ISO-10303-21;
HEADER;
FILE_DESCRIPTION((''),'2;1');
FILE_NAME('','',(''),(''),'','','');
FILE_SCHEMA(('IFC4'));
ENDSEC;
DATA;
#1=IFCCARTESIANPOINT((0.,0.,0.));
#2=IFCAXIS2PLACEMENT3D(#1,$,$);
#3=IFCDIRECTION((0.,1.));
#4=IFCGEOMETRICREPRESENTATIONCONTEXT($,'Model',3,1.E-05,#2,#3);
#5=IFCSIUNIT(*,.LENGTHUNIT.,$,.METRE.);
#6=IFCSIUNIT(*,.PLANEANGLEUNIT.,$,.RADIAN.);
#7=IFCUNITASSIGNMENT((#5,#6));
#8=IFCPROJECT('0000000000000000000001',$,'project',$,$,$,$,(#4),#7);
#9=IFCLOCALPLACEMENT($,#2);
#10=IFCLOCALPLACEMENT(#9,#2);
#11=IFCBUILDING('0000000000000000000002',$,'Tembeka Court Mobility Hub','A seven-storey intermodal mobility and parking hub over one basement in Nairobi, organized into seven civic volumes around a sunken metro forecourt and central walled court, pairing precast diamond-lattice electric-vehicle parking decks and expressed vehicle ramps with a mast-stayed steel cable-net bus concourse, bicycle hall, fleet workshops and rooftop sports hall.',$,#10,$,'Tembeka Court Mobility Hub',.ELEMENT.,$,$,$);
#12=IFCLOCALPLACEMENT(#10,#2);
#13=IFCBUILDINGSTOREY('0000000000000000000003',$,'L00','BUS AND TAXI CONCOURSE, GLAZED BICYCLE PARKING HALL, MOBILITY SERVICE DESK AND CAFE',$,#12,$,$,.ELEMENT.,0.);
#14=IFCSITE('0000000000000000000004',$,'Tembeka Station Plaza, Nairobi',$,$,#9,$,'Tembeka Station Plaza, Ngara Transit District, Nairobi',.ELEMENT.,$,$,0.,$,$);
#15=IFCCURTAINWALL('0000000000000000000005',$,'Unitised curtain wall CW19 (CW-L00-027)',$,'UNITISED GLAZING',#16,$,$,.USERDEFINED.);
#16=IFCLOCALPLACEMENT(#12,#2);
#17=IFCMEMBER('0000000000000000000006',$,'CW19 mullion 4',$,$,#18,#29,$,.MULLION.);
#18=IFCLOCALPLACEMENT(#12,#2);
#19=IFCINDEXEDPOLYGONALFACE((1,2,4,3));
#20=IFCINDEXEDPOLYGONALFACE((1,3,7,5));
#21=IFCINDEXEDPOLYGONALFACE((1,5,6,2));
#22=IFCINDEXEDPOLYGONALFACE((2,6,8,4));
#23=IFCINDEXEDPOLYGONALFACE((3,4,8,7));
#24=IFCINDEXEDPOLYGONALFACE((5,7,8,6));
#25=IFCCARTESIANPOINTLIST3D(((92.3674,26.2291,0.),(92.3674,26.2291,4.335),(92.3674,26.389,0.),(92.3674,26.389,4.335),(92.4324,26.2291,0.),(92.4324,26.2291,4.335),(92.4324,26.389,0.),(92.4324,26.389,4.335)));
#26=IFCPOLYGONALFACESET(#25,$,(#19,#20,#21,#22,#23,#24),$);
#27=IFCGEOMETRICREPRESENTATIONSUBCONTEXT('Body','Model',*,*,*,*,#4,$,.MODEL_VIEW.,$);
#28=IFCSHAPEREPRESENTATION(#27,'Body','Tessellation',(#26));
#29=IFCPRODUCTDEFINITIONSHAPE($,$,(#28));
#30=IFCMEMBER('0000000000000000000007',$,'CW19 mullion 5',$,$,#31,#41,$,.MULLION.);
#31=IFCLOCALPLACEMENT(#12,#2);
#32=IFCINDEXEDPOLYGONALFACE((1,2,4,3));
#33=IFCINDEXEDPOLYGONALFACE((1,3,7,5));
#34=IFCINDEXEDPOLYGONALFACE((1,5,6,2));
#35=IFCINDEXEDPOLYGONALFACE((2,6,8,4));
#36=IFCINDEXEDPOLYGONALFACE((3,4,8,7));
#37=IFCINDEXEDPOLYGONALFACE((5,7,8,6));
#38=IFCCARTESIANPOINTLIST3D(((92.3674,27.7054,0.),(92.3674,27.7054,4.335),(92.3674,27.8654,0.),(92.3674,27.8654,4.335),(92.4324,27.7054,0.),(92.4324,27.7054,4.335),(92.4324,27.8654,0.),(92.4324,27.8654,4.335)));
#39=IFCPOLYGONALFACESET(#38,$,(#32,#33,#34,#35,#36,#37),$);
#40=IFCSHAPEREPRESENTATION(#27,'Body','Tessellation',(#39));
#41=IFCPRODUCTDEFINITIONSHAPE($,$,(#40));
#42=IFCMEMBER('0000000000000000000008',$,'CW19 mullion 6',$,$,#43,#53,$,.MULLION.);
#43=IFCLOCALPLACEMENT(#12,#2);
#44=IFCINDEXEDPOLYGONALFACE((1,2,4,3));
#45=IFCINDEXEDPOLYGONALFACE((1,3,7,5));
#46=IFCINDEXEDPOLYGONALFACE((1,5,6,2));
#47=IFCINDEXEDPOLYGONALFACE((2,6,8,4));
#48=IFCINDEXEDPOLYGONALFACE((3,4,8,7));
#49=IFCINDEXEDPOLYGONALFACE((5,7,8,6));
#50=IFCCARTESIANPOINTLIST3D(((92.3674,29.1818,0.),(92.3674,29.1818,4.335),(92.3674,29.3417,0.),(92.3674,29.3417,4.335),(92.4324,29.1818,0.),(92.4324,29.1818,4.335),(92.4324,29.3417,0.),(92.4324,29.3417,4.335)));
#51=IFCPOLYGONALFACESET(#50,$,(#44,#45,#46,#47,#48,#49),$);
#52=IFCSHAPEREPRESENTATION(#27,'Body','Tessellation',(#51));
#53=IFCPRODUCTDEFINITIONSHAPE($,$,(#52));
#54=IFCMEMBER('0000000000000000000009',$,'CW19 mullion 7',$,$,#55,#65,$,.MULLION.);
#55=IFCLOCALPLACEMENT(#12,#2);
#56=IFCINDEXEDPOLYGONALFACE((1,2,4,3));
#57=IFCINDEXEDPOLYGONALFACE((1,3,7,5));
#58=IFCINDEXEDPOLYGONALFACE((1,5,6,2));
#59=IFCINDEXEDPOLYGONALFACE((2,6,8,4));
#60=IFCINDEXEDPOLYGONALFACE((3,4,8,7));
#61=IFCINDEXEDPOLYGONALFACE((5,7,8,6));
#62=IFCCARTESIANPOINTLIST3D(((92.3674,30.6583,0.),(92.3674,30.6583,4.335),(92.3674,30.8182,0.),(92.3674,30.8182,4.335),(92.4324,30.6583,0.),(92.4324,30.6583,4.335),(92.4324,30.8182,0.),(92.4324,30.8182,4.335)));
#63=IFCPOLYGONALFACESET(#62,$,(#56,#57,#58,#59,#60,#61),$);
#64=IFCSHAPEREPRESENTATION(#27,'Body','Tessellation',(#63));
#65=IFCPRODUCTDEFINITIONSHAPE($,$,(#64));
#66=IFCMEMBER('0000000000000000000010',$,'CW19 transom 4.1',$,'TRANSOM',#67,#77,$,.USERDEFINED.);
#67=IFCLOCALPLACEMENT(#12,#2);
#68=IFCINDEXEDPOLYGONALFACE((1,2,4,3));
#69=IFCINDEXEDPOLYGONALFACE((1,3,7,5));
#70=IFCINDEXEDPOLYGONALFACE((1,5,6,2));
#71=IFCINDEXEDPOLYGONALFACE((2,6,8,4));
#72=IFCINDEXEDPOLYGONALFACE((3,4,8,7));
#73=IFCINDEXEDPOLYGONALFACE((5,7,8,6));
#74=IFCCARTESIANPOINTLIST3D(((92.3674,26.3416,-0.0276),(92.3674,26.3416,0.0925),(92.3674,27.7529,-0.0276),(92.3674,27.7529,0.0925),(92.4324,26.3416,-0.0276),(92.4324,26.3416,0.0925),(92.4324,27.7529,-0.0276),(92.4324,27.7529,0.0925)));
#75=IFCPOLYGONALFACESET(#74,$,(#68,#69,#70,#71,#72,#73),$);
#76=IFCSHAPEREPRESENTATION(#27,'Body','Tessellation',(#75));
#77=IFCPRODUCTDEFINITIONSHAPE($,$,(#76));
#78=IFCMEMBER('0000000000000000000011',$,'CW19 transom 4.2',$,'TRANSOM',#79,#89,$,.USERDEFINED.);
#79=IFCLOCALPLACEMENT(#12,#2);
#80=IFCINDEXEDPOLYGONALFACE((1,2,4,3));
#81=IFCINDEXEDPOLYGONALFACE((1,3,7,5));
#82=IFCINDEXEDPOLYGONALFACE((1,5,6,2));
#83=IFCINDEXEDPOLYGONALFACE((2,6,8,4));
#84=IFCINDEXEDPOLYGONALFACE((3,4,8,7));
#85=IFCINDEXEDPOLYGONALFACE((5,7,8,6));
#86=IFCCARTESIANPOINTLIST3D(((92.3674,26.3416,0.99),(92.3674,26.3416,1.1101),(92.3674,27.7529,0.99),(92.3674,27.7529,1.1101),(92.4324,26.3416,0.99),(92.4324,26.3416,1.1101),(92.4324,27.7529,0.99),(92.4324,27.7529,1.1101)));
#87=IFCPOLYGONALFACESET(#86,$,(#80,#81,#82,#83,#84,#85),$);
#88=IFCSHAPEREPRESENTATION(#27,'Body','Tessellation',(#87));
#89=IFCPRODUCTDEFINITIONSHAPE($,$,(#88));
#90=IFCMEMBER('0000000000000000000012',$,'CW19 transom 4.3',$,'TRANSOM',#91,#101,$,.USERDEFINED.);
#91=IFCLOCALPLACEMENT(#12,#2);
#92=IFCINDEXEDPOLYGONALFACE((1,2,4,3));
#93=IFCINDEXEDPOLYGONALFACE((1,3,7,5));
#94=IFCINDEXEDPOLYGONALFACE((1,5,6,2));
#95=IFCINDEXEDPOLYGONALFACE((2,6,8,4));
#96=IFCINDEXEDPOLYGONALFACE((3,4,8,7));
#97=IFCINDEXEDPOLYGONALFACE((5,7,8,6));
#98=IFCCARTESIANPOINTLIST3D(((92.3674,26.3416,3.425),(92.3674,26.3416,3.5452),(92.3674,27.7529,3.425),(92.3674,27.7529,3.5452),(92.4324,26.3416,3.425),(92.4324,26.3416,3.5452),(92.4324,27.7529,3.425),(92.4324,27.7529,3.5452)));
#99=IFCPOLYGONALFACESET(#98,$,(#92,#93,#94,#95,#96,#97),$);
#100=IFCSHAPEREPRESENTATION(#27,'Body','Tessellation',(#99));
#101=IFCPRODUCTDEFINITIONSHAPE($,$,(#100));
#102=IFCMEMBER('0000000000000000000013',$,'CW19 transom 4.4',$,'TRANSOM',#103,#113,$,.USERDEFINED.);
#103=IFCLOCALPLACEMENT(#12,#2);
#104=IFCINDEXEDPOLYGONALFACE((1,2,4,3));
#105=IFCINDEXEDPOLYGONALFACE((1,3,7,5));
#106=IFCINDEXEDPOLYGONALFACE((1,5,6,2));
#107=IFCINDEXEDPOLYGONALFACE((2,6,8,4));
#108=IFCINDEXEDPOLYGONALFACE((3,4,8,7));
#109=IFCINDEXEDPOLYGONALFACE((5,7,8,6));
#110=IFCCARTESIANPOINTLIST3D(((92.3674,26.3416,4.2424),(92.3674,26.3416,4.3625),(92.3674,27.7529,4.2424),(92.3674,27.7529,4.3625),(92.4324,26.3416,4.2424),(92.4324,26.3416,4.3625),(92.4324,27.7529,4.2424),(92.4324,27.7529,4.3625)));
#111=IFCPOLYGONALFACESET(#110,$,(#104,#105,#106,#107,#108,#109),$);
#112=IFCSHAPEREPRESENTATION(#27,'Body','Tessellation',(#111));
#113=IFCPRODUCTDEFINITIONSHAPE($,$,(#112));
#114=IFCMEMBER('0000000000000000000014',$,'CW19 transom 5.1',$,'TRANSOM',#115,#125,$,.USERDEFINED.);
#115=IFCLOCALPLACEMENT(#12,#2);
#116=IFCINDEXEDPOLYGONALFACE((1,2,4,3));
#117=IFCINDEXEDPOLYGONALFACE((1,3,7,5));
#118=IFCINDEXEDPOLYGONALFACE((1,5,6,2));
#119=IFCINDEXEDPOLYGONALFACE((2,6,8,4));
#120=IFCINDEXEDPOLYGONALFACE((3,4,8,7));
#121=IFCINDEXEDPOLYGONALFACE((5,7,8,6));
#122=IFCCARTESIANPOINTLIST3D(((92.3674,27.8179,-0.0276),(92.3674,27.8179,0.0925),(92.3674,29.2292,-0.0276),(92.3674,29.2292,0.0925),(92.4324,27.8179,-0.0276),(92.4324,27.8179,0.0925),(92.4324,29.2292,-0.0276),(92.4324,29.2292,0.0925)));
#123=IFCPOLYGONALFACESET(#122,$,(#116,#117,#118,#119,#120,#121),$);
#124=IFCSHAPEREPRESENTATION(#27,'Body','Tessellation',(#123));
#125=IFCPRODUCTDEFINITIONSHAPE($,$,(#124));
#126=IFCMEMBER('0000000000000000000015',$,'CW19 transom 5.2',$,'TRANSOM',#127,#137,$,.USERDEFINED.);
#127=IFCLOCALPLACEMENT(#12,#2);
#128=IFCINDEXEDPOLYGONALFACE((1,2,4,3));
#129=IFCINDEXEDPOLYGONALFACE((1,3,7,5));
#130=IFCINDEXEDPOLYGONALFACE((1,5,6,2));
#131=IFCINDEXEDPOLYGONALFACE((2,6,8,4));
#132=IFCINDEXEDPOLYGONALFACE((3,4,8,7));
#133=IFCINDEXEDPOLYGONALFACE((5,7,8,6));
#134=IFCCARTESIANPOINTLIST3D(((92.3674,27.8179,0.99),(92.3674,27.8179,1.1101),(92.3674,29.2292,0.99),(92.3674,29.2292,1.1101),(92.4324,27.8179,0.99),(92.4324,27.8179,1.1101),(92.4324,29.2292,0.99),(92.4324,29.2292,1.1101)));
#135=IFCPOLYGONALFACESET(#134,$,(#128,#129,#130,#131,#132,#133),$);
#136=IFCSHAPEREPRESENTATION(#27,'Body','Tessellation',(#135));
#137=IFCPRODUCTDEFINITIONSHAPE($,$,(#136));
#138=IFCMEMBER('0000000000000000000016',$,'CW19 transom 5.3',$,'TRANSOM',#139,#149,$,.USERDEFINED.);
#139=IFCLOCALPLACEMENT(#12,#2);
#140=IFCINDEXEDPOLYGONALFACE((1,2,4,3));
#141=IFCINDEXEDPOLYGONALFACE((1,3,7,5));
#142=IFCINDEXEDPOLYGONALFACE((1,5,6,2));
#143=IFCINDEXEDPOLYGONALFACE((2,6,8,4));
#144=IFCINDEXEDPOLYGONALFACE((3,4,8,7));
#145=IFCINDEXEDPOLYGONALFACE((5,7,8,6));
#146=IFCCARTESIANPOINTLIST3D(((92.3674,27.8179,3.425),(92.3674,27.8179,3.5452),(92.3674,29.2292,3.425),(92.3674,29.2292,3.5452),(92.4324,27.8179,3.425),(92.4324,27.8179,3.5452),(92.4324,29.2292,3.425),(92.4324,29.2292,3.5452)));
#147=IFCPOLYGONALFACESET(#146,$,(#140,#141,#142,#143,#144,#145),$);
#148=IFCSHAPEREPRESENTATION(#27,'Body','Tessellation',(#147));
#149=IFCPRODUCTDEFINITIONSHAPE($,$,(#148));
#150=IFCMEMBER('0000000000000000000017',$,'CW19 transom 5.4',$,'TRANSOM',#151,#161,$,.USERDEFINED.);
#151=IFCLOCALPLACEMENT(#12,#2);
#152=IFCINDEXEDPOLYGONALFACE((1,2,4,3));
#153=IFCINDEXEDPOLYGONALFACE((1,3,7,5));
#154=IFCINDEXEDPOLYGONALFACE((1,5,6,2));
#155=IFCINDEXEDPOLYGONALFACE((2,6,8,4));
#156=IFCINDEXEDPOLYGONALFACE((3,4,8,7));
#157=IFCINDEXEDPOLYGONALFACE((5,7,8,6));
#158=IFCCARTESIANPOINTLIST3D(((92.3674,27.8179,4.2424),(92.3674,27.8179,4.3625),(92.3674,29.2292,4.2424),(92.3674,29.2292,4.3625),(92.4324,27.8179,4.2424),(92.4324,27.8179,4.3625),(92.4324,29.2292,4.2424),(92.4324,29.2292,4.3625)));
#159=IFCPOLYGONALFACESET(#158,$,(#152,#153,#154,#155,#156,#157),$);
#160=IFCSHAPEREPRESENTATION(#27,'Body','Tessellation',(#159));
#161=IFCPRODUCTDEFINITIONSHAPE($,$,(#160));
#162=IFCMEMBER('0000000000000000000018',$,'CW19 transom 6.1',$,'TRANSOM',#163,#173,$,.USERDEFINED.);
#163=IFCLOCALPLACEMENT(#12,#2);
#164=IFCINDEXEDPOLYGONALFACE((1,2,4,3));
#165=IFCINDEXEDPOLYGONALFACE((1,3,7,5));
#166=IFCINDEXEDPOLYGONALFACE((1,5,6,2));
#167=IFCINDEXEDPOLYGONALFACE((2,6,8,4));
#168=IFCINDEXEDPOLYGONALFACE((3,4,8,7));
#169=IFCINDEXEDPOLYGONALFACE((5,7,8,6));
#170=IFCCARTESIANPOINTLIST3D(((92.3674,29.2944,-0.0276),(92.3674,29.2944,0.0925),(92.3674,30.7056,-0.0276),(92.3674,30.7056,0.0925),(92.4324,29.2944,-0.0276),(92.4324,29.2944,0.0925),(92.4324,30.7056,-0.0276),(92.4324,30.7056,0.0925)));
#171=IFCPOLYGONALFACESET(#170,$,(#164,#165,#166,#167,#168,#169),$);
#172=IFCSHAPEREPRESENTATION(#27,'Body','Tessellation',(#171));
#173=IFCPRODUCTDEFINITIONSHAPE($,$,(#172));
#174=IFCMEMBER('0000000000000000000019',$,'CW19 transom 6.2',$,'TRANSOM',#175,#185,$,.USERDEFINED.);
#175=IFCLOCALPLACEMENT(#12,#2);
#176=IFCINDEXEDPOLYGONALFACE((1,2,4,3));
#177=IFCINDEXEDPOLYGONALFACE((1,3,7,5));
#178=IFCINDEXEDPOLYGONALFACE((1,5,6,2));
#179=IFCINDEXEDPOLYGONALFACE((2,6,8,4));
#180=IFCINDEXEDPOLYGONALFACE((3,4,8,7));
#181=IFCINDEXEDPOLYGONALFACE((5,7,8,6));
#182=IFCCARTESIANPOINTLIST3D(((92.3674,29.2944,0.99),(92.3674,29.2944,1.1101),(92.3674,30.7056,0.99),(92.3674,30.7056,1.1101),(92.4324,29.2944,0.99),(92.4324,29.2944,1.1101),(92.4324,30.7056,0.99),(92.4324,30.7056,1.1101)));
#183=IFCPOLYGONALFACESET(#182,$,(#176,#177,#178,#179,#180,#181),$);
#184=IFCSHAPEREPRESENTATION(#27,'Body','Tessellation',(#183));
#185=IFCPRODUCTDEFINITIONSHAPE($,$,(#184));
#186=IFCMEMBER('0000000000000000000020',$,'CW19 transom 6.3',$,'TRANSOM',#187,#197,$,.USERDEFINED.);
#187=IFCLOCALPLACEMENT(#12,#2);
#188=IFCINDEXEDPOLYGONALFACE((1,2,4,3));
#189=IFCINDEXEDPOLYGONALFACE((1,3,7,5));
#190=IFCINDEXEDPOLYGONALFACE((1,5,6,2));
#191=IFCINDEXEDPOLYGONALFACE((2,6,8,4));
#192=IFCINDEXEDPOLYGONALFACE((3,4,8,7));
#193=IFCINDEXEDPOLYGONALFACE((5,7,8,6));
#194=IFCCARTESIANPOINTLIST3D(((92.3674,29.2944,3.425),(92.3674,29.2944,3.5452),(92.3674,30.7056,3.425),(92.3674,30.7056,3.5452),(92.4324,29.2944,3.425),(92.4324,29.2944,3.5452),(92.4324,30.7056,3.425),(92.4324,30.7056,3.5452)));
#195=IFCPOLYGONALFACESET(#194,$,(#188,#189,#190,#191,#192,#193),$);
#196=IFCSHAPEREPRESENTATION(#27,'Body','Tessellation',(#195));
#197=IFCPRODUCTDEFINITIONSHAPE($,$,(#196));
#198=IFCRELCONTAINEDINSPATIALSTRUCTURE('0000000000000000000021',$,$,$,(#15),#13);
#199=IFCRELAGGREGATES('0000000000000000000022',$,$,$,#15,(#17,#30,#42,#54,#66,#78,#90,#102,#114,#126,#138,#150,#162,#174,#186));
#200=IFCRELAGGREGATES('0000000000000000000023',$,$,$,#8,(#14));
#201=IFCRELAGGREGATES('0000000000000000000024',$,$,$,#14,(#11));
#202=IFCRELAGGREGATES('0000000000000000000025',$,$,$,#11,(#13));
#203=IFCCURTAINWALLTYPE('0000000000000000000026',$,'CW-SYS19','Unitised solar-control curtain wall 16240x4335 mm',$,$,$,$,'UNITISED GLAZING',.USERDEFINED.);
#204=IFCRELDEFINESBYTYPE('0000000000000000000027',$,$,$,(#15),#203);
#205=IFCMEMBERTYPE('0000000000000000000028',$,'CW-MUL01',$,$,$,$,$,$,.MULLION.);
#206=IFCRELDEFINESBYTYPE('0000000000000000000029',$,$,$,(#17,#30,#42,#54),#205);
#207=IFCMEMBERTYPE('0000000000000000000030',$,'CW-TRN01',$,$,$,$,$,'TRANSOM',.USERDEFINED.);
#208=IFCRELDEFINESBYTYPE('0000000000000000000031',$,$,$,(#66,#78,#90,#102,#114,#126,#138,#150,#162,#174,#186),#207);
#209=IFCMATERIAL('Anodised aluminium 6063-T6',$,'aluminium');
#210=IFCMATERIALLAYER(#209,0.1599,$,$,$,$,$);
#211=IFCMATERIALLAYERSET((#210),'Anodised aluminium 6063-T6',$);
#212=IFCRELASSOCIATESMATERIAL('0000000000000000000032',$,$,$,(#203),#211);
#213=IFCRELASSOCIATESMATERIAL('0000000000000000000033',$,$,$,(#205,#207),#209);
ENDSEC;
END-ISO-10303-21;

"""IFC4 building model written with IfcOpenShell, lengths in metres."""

from ifc_helpers import new_model, si_unit, direction, frame, origin, origin_2d, place, context, subcontext, project, spatial, rectangle, extrude, material, layer, layer_set, material_profile, profile_set, type_object, element, aggregate, save


model = new_model("IFC4")

# Units and contexts
model_context = context("Model", 3, precision=1e-05, world=origin(), true_north=direction((0.0, 1.0)))
body_context = subcontext(model_context, "Body", "Model", "MODEL_VIEW")
ifc_project = project(units=[si_unit("LENGTHUNIT", "METRE"), si_unit("PLANEANGLEUNIT", "RADIAN")], contexts=[model_context])

# Site, building, storey
site_placement = place(None, origin())
site = spatial("IfcSite", under=ifc_project, at=site_placement, Name="Tembeka Station Plaza, Nairobi", LongName="Tembeka Station Plaza, Ngara Transit District, Nairobi", CompositionType="ELEMENT", RefElevation=0.0)
building_placement = place(site_placement, origin())
building = spatial("IfcBuilding", under=site, at=building_placement, Name="Tembeka Court Mobility Hub", Description="A seven-storey intermodal mobility and parking hub over one basement in Nairobi, organized into seven civic volumes around a sunken metro forecourt and central walled court, pairing precast diamond-lattice electric-vehicle parking decks and expressed vehicle ramps with a mast-stayed steel cable-net bus concourse, bicycle hall, fleet workshops and rooftop sports hall.", LongName="Tembeka Court Mobility Hub", CompositionType="ELEMENT")
storey_placement = place(building_placement, origin())
storey = spatial("IfcBuildingStorey", under=building, at=storey_placement, Name="L00", Description="BUS AND TAXI CONCOURSE, GLAZED BICYCLE PARKING HALL, MOBILITY SERVICE DESK AND CAFE", CompositionType="ELEMENT", Elevation=0.0)

# Curtain wall, members
ifc_material_1 = material(Name="Anodised aluminium 6063-T6", Category="aluminium")
ifc_layer_1 = layer(ifc_material_1, 0.1599)
ifc_layer_set_1 = layer_set([ifc_layer_1], Name="Anodised aluminium 6063-T6")
curtain_wall_type = type_object("IfcCurtainWallType", Name="CW-SYS19", Description="Unitised solar-control curtain wall 16240x4335 mm", ElementType="UNITISED GLAZING", PredefinedType="USERDEFINED", material=ifc_layer_set_1)
curtain_wall_placement = place(storey_placement, origin())
curtain_wall = element("IfcCurtainWall", 1, at=curtain_wall_placement, inside=storey, type_object=curtain_wall_type, Name="Unitised curtain wall CW19 (CW-L00-027)", ObjectType="UNITISED GLAZING", PredefinedType="USERDEFINED")
ifc_material_profile_1 = material_profile(ifc_material_1, rectangle(XDim=0.0649, YDim=0.1599, at=origin_2d()), Name="ALU-MUL 65x160")
ifc_profile_set_1 = profile_set([ifc_material_profile_1], Name="Anodised aluminium 6063-T6")
member_type_1 = type_object("IfcMemberType", Name="CW-MUL01", PredefinedType="MULLION", material=ifc_profile_set_1)
member_1_placement = place(storey_placement, frame((92.3999, 26.3091, 0.0), z_axis=(0.0, 0.0, 1.0), x_axis=(-1.0, 0.0, 0.0)))
member_1 = element("IfcMember", 2, at=member_1_placement, type_object=member_type_1, Name="CW19 mullion 4", PredefinedType="MULLION", context=body_context, shape_type="SweptSolid", body=[
    extrude(rectangle(XDim=0.0649, YDim=0.1599, at=origin_2d()), origin(), (0.0, 0.0, 1.0), 4.335),
])
member_2_placement = place(storey_placement, frame((92.3999, 27.7854, 0.0), z_axis=(0.0, 0.0, 1.0), x_axis=(-1.0, 0.0, 0.0)))
member_2 = element("IfcMember", 3, at=member_2_placement, type_object=member_type_1, Name="CW19 mullion 5", PredefinedType="MULLION", context=body_context, shape_type="SweptSolid", body=[
    extrude(rectangle(XDim=0.0649, YDim=0.1599, at=origin_2d()), origin(), (0.0, 0.0, 1.0), 4.335),
])
member_3_placement = place(storey_placement, frame((92.3999, 29.2617, 0.0), z_axis=(0.0, 0.0, 1.0), x_axis=(-1.0, 0.0, 0.0)))
member_3 = element("IfcMember", 4, at=member_3_placement, type_object=member_type_1, Name="CW19 mullion 6", PredefinedType="MULLION", context=body_context, shape_type="SweptSolid", body=[
    extrude(rectangle(XDim=0.0649, YDim=0.1599, at=origin_2d()), origin(), (0.0, 0.0, 1.0), 4.335),
])
member_4_placement = place(storey_placement, frame((92.3999, 30.7383, 0.0), z_axis=(0.0, 0.0, 1.0), x_axis=(-1.0, 0.0, 0.0)))
member_4 = element("IfcMember", 5, at=member_4_placement, type_object=member_type_1, Name="CW19 mullion 7", PredefinedType="MULLION", context=body_context, shape_type="SweptSolid", body=[
    extrude(rectangle(XDim=0.0649, YDim=0.1599, at=origin_2d()), origin(), (0.0, 0.0, 1.0), 4.335),
])
ifc_material_profile_2 = material_profile(ifc_material_1, rectangle(XDim=0.0649, YDim=0.1201, at=origin_2d()), Name="ALU-TRN 65x120")
ifc_profile_set_2 = profile_set([ifc_material_profile_2], Name="Anodised aluminium 6063-T6")
member_type_2 = type_object("IfcMemberType", Name="CW-TRN01", ElementType="TRANSOM", PredefinedType="USERDEFINED", material=ifc_profile_set_2)
member_5_placement = place(storey_placement, frame((92.3999, 26.3416, 0.0325), z_axis=(0.0, 1.0, 0.0), x_axis=(-1.0, 0.0, 0.0)))
member_5 = element("IfcMember", 6, at=member_5_placement, type_object=member_type_2, Name="CW19 transom 4.1", ObjectType="TRANSOM", PredefinedType="USERDEFINED", context=body_context, shape_type="SweptSolid", body=[
    extrude(rectangle(XDim=0.0649, YDim=0.1201, at=origin_2d()), origin(), (0.0, 0.0, 1.0), 1.4114),
])
member_6_placement = place(storey_placement, frame((92.3999, 26.3416, 1.05), z_axis=(0.0, 1.0, 0.0), x_axis=(-1.0, 0.0, 0.0)))
member_6 = element("IfcMember", 7, at=member_6_placement, type_object=member_type_2, Name="CW19 transom 4.2", ObjectType="TRANSOM", PredefinedType="USERDEFINED", context=body_context, shape_type="SweptSolid", body=[
    extrude(rectangle(XDim=0.0649, YDim=0.1201, at=origin_2d()), origin(), (0.0, 0.0, 1.0), 1.4114),
])
member_7_placement = place(storey_placement, frame((92.3999, 26.3416, 3.4851), z_axis=(0.0, 1.0, 0.0), x_axis=(-1.0, 0.0, 0.0)))
member_7 = element("IfcMember", 8, at=member_7_placement, type_object=member_type_2, Name="CW19 transom 4.3", ObjectType="TRANSOM", PredefinedType="USERDEFINED", context=body_context, shape_type="SweptSolid", body=[
    extrude(rectangle(XDim=0.0649, YDim=0.1201, at=origin_2d()), origin(), (0.0, 0.0, 1.0), 1.4114),
])
member_8_placement = place(storey_placement, frame((92.3999, 26.3416, 4.3025), z_axis=(0.0, 1.0, 0.0), x_axis=(-1.0, 0.0, 0.0)))
member_8 = element("IfcMember", 9, at=member_8_placement, type_object=member_type_2, Name="CW19 transom 4.4", ObjectType="TRANSOM", PredefinedType="USERDEFINED", context=body_context, shape_type="SweptSolid", body=[
    extrude(rectangle(XDim=0.0649, YDim=0.1201, at=origin_2d()), origin(), (0.0, 0.0, 1.0), 1.4114),
])
member_9_placement = place(storey_placement, frame((92.3999, 27.8179, 0.0325), z_axis=(0.0, 1.0, 0.0), x_axis=(-1.0, 0.0, 0.0)))
member_9 = element("IfcMember", 10, at=member_9_placement, type_object=member_type_2, Name="CW19 transom 5.1", ObjectType="TRANSOM", PredefinedType="USERDEFINED", context=body_context, shape_type="SweptSolid", body=[
    extrude(rectangle(XDim=0.0649, YDim=0.1201, at=origin_2d()), origin(), (0.0, 0.0, 1.0), 1.4114),
])
member_10_placement = place(storey_placement, frame((92.3999, 27.8179, 1.05), z_axis=(0.0, 1.0, 0.0), x_axis=(-1.0, 0.0, 0.0)))
member_10 = element("IfcMember", 11, at=member_10_placement, type_object=member_type_2, Name="CW19 transom 5.2", ObjectType="TRANSOM", PredefinedType="USERDEFINED", context=body_context, shape_type="SweptSolid", body=[
    extrude(rectangle(XDim=0.0649, YDim=0.1201, at=origin_2d()), origin(), (0.0, 0.0, 1.0), 1.4114),
])
member_11_placement = place(storey_placement, frame((92.3999, 27.8179, 3.4851), z_axis=(0.0, 1.0, 0.0), x_axis=(-1.0, 0.0, 0.0)))
member_11 = element("IfcMember", 12, at=member_11_placement, type_object=member_type_2, Name="CW19 transom 5.3", ObjectType="TRANSOM", PredefinedType="USERDEFINED", context=body_context, shape_type="SweptSolid", body=[
    extrude(rectangle(XDim=0.0649, YDim=0.1201, at=origin_2d()), origin(), (0.0, 0.0, 1.0), 1.4114),
])
member_12_placement = place(storey_placement, frame((92.3999, 27.8179, 4.3025), z_axis=(0.0, 1.0, 0.0), x_axis=(-1.0, 0.0, 0.0)))
member_12 = element("IfcMember", 13, at=member_12_placement, type_object=member_type_2, Name="CW19 transom 5.4", ObjectType="TRANSOM", PredefinedType="USERDEFINED", context=body_context, shape_type="SweptSolid", body=[
    extrude(rectangle(XDim=0.0649, YDim=0.1201, at=origin_2d()), origin(), (0.0, 0.0, 1.0), 1.4114),
])
member_13_placement = place(storey_placement, frame((92.3999, 29.2944, 0.0325), z_axis=(0.0, 1.0, 0.0), x_axis=(-1.0, 0.0, 0.0)))
member_13 = element("IfcMember", 14, at=member_13_placement, type_object=member_type_2, Name="CW19 transom 6.1", ObjectType="TRANSOM", PredefinedType="USERDEFINED", context=body_context, shape_type="SweptSolid", body=[
    extrude(rectangle(XDim=0.0649, YDim=0.1201, at=origin_2d()), origin(), (0.0, 0.0, 1.0), 1.4111),
])
member_14_placement = place(storey_placement, frame((92.3999, 29.2944, 1.05), z_axis=(0.0, 1.0, 0.0), x_axis=(-1.0, 0.0, 0.0)))
member_14 = element("IfcMember", 15, at=member_14_placement, type_object=member_type_2, Name="CW19 transom 6.2", ObjectType="TRANSOM", PredefinedType="USERDEFINED", context=body_context, shape_type="SweptSolid", body=[
    extrude(rectangle(XDim=0.0649, YDim=0.1201, at=origin_2d()), origin(), (0.0, 0.0, 1.0), 1.4111),
])
member_15_placement = place(storey_placement, frame((92.3999, 29.2944, 3.4851), z_axis=(0.0, 1.0, 0.0), x_axis=(-1.0, 0.0, 0.0)))
member_15 = element("IfcMember", 16, at=member_15_placement, type_object=member_type_2, Name="CW19 transom 6.3", ObjectType="TRANSOM", PredefinedType="USERDEFINED", context=body_context, shape_type="SweptSolid", body=[
    extrude(rectangle(XDim=0.0649, YDim=0.1201, at=origin_2d()), origin(), (0.0, 0.0, 1.0), 1.4111),
])
aggregate(curtain_wall, [member_1, member_2, member_3, member_4, member_5, member_6, member_7, member_8, member_9, member_10, member_11, member_12, member_13, member_14, member_15])

save(model, "model.ifc")
